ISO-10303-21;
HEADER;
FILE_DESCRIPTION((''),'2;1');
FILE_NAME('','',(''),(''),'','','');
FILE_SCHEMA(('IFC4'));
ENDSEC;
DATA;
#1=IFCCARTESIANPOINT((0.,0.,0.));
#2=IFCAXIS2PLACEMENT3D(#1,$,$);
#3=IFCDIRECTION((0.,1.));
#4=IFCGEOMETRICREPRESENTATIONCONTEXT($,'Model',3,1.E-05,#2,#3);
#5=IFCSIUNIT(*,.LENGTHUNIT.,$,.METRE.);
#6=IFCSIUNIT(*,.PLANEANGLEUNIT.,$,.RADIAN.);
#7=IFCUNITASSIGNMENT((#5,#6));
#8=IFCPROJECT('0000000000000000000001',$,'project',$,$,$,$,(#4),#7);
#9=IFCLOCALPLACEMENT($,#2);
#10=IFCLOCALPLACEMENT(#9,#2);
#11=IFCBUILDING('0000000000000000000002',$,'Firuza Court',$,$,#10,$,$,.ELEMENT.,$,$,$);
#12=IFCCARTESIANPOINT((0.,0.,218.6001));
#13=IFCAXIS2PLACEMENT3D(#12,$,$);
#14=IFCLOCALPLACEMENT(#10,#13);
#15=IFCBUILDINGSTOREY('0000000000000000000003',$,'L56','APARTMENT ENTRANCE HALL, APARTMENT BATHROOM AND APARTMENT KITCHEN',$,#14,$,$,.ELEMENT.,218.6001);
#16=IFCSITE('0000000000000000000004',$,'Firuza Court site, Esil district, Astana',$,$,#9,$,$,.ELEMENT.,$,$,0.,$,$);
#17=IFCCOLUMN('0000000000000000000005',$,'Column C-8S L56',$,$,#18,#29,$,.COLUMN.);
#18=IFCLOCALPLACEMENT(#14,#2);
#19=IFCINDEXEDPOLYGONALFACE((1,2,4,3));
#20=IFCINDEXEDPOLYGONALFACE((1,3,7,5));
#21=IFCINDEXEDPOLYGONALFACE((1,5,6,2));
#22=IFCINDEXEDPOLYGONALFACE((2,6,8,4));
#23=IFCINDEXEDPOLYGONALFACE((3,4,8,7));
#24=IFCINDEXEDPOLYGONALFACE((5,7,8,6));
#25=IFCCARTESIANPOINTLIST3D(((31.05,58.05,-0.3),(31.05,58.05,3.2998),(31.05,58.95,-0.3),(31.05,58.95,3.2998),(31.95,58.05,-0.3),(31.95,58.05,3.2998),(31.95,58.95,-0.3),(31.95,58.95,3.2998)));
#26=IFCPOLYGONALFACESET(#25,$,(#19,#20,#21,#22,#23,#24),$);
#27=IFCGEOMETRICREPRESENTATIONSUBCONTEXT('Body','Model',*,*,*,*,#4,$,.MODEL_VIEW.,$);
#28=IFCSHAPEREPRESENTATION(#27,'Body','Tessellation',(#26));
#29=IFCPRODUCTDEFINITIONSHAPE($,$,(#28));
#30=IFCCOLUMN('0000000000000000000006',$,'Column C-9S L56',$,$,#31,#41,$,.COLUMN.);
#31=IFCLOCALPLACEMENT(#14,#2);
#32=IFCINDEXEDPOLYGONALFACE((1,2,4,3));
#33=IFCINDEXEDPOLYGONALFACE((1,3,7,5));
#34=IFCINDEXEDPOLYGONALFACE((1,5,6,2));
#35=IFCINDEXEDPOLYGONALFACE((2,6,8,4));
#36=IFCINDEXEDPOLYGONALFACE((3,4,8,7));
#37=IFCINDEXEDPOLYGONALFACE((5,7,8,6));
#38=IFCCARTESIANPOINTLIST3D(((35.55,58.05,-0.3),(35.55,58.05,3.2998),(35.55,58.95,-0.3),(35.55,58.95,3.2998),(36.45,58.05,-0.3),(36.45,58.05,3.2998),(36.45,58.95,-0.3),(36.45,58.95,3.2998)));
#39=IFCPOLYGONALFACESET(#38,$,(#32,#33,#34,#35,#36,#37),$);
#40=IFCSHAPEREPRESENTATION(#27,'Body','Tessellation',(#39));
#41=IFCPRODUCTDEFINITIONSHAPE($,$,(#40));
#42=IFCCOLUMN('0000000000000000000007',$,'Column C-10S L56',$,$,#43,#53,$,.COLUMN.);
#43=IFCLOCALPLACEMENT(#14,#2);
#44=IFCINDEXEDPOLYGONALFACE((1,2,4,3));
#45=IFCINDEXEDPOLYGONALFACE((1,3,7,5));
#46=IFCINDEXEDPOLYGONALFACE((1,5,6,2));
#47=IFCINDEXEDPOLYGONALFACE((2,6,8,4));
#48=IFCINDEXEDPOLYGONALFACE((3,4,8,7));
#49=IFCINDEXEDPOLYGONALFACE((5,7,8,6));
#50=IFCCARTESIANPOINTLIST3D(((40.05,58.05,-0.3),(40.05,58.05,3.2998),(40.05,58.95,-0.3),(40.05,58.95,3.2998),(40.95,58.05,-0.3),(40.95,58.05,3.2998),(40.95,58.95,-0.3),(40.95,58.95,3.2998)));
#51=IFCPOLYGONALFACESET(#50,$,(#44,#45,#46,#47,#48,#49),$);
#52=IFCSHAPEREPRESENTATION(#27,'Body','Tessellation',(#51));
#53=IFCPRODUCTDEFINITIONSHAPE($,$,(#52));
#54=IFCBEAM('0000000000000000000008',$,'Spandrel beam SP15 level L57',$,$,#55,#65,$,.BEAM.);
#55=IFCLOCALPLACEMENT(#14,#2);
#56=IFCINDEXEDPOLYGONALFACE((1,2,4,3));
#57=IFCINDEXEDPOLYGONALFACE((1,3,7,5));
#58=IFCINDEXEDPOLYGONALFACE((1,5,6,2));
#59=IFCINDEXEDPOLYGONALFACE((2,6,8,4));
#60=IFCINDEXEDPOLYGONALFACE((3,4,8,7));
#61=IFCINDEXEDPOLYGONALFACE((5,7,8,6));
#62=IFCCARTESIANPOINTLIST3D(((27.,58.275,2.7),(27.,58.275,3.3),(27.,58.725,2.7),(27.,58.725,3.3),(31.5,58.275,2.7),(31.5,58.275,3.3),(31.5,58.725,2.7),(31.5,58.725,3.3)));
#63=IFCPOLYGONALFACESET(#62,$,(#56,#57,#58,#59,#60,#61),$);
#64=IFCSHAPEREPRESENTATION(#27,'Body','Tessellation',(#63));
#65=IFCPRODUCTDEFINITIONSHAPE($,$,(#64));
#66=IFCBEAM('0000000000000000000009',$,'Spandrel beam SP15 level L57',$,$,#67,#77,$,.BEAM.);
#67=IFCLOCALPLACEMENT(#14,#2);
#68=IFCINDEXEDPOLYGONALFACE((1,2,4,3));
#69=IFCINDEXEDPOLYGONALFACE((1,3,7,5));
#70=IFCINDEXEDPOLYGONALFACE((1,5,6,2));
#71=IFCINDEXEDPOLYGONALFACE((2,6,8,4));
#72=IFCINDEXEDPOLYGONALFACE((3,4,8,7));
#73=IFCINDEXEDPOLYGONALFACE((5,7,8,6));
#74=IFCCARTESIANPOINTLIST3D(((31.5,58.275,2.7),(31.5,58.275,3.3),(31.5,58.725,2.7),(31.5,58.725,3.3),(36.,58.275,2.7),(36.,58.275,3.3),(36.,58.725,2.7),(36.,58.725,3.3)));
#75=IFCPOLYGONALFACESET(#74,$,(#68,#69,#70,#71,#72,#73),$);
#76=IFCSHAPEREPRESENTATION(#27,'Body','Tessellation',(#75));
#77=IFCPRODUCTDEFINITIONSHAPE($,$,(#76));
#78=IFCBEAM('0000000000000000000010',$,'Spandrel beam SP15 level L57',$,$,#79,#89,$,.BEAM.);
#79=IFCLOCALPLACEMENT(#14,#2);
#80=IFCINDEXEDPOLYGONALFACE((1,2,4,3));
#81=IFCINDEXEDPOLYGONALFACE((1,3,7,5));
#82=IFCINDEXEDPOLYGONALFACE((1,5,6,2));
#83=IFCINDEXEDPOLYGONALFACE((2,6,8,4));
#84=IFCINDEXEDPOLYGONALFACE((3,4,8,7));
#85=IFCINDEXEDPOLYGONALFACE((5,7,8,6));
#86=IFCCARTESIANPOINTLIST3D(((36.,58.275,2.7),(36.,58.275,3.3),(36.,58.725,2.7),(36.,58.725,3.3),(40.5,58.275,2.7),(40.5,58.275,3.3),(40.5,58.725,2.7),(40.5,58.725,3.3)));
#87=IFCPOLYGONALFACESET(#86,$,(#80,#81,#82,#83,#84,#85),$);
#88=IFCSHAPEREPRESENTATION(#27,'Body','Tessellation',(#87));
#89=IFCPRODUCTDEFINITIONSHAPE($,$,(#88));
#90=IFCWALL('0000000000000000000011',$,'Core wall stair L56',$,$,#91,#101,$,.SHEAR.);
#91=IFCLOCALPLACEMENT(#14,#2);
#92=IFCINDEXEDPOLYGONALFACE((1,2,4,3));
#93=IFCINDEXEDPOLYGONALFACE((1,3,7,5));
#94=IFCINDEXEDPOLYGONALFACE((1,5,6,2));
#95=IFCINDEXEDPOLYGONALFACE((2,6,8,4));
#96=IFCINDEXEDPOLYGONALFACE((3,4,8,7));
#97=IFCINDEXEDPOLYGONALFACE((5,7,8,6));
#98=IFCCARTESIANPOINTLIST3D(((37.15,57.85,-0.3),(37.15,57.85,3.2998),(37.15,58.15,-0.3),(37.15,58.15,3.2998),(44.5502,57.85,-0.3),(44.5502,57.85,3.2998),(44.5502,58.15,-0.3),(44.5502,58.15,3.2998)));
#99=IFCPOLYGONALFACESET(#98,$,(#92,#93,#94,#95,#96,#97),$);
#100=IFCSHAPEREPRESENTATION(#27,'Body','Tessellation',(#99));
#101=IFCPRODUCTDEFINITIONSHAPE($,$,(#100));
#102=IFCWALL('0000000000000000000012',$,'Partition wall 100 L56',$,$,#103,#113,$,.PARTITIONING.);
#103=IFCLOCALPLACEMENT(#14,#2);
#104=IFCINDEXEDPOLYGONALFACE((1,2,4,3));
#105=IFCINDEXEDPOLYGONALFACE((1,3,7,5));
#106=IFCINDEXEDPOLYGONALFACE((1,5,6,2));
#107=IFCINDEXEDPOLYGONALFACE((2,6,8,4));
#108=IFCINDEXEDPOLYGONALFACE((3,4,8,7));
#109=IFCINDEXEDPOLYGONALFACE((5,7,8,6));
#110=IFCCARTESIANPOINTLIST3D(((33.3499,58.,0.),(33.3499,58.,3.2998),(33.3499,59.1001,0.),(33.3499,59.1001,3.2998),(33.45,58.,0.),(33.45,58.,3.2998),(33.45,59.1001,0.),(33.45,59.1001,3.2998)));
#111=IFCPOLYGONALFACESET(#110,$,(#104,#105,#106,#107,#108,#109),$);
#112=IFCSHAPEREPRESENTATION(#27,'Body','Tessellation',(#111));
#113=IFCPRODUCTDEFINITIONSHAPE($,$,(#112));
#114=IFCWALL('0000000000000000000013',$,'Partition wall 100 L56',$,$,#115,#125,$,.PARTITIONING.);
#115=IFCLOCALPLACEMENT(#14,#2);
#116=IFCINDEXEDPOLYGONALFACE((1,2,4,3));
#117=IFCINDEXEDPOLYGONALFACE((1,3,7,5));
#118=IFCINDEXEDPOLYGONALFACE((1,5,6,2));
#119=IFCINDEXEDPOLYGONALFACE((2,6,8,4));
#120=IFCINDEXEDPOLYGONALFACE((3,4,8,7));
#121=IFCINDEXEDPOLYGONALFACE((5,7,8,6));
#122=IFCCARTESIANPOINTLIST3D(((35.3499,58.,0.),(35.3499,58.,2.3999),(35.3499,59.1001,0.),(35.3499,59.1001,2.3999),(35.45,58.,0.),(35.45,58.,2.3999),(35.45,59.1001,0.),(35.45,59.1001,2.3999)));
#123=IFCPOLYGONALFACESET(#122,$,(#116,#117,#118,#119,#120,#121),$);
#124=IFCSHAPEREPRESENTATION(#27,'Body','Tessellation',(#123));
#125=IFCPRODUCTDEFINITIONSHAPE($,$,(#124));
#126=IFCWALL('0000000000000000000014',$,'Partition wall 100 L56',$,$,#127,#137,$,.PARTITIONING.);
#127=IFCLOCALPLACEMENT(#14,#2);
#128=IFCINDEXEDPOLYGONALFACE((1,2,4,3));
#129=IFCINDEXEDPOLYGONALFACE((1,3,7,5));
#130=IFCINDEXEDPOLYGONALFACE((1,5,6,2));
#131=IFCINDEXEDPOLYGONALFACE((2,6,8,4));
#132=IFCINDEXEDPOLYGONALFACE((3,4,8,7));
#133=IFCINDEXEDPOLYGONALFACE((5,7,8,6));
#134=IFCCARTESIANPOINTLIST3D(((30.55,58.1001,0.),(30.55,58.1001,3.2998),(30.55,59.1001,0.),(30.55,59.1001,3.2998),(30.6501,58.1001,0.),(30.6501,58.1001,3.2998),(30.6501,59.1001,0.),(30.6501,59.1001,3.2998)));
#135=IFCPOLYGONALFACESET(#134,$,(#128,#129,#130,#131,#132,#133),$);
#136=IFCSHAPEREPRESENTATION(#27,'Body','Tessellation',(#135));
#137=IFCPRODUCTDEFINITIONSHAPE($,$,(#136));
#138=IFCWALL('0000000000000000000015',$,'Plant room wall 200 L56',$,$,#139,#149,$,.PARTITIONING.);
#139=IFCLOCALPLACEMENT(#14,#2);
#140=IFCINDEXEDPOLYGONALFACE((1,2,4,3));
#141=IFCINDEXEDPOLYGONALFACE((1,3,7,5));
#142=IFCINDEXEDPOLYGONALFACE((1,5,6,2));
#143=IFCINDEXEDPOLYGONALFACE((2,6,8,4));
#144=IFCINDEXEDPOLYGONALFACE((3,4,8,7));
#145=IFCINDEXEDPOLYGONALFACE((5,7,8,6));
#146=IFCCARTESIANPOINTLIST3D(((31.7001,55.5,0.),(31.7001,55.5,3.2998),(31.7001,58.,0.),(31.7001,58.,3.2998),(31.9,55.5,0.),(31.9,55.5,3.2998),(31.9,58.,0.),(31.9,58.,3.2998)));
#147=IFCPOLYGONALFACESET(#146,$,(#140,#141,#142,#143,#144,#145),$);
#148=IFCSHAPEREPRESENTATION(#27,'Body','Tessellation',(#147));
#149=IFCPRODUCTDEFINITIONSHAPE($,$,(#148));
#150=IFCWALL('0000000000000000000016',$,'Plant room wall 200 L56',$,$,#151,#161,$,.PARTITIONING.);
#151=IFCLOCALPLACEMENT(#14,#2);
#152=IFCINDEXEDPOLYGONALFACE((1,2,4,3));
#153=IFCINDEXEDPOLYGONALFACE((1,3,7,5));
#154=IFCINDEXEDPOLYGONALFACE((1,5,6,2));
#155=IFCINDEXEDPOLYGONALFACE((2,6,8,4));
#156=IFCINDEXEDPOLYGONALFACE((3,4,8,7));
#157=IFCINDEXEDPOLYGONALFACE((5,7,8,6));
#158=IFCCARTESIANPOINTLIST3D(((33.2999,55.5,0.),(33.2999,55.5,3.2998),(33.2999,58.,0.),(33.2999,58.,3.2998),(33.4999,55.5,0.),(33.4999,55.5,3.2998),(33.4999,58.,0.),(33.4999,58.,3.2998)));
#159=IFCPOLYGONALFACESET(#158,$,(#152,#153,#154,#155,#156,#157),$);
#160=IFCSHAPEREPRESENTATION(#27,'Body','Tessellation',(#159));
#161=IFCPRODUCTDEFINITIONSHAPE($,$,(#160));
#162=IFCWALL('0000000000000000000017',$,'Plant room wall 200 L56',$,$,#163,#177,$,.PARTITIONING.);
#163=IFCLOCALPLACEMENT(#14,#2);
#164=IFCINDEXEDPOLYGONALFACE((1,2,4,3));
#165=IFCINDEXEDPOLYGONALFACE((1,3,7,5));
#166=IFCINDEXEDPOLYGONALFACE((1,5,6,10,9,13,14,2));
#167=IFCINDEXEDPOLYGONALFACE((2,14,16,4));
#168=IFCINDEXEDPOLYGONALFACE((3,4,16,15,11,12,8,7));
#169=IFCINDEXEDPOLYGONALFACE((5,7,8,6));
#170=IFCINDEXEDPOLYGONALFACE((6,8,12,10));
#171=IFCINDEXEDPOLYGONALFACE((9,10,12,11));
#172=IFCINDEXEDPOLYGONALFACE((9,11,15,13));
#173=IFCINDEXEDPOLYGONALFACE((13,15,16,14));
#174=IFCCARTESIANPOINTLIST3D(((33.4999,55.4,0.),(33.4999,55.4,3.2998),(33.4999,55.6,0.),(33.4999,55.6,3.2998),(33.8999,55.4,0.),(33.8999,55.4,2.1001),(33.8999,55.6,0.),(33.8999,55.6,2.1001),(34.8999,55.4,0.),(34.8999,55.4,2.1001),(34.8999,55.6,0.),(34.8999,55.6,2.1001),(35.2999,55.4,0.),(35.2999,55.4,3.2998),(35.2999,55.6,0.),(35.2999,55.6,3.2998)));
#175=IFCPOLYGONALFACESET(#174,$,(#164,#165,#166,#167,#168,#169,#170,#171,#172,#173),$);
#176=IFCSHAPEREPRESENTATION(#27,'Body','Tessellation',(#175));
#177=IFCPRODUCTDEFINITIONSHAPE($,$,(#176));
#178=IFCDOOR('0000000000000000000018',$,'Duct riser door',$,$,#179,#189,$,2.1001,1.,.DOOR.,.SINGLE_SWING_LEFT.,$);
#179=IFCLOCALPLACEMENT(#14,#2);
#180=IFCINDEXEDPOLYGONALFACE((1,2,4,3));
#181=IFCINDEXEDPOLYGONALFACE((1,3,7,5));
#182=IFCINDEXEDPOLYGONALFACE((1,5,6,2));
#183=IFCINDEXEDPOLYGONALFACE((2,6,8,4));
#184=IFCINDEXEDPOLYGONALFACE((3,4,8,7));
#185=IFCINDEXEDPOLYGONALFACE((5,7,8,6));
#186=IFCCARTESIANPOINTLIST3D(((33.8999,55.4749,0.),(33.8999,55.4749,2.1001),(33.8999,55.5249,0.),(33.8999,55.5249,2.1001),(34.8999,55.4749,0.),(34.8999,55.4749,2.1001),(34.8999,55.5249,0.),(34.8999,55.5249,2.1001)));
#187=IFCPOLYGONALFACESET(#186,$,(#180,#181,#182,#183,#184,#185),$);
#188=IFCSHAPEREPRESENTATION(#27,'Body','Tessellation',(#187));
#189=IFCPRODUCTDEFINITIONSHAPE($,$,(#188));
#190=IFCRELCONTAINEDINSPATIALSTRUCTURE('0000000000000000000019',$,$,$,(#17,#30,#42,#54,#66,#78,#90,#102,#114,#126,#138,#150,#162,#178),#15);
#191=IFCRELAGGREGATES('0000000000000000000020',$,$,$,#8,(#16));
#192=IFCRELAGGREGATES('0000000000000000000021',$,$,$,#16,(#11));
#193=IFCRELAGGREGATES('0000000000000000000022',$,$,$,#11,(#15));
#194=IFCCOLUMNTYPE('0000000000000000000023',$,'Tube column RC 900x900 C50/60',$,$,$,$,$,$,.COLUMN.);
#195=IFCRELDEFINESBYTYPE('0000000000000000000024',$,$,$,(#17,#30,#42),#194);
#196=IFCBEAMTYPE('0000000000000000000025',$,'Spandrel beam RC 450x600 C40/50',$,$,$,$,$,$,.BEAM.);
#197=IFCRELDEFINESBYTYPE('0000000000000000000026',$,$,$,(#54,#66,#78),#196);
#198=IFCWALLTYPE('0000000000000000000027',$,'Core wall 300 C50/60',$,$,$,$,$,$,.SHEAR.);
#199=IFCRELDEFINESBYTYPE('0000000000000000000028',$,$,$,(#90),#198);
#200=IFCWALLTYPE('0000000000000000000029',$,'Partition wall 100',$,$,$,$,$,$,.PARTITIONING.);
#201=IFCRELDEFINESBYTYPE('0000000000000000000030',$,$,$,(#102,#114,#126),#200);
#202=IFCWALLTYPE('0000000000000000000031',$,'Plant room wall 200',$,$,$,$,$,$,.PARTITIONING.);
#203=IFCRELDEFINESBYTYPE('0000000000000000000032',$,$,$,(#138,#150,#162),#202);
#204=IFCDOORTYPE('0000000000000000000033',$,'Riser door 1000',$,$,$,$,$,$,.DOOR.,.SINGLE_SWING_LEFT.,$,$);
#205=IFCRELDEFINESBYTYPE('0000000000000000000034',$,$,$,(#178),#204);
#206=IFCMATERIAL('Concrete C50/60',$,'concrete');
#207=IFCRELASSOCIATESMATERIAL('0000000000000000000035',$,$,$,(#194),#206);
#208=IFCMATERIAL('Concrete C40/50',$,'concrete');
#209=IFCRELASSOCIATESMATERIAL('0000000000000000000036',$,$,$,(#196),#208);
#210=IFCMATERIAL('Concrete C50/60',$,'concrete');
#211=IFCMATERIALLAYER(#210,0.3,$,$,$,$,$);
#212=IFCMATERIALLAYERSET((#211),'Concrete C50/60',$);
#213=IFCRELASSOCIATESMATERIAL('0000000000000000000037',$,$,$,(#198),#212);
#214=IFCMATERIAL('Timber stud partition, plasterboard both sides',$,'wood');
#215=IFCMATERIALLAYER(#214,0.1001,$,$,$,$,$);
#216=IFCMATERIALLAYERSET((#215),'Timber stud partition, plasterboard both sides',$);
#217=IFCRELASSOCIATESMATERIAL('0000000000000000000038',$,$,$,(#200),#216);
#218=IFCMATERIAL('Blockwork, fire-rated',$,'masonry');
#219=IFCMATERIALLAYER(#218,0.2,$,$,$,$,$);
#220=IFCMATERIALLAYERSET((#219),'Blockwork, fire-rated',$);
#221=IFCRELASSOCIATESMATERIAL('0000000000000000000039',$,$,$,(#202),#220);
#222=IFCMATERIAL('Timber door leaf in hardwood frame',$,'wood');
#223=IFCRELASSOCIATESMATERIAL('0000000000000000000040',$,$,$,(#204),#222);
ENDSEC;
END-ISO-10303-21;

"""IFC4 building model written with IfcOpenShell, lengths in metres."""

from ifc_helpers import new_model, si_unit, direction, frame, frame_2d, origin, origin_2d, place, context, subcontext, project, spatial, rectangle, extrude, material, layer, layer_set, material_profile, profile_set, type_object, element, fill, save


model = new_model("IFC4")

# Units and contexts
model_context = context("Model", 3, precision=1e-05, world=origin(), true_north=direction((0.0, 1.0)))
body_context = subcontext(model_context, "Body", "Model", "MODEL_VIEW")
ifc_project = project(units=[si_unit("LENGTHUNIT", "METRE"), si_unit("PLANEANGLEUNIT", "RADIAN")], contexts=[model_context])

# Site, building, storey
site_placement = place(None, origin())
site = spatial("IfcSite", under=ifc_project, at=site_placement, Name="Firuza Court site, Esil district, Astana", CompositionType="ELEMENT", RefElevation=0.0)
building_placement = place(site_placement, origin())
building = spatial("IfcBuilding", under=site, at=building_placement, Name="Firuza Court", CompositionType="ELEMENT")
storey_placement = place(building_placement, frame((0.0, 0.0, 218.6001)))
storey = spatial("IfcBuildingStorey", under=building, at=storey_placement, Name="L56", Description="APARTMENT ENTRANCE HALL, APARTMENT BATHROOM AND APARTMENT KITCHEN", CompositionType="ELEMENT", Elevation=218.6001)

# Columns
ifc_material_1 = material(Name="Concrete C50/60", Category="concrete")
ifc_material_profile_1 = material_profile(ifc_material_1, rectangle(XDim=0.8999, YDim=0.8999, at=origin_2d()), Name="RC 900x900")
ifc_profile_set_1 = profile_set([ifc_material_profile_1], Name="Concrete C50/60")
column_type = type_object("IfcColumnType", Name="Tube column RC 900x900 C50/60", PredefinedType="COLUMN", material=ifc_profile_set_1)
for number, where, z_axis, x_axis, name in (
    (1, (31.5, 58.5, -0.3), (0.0, 0.0, 1.0), (1.0, 0.0, 0.0), "Column C-8S L56"),
    (2, (36.0, 58.5, -0.3), (0.0, 0.0, 1.0), (1.0, 0.0, 0.0), "Column C-9S L56"),
    (3, (40.5, 58.5, -0.3), (0.0, 0.0, 1.0), (1.0, 0.0, 0.0), "Column C-10S L56"),
):
    element("IfcColumn", number, at=place(storey_placement, frame(where, z_axis=z_axis, x_axis=x_axis)), inside=storey, type_object=column_type, Name=name, PredefinedType="COLUMN", context=body_context, shape_type="SweptSolid", body=[
        extrude(rectangle(XDim=0.8999, YDim=0.8999, at=origin_2d()), origin(), (0.0, 0.0, 1.0), 3.5999),
    ])

# Beams
ifc_material_2 = material(Name="Concrete C40/50", Category="concrete")
ifc_material_profile_2 = material_profile(ifc_material_2, rectangle(XDim=0.45, YDim=0.6001, at=origin_2d()), Name="RC 450x600")
ifc_profile_set_2 = profile_set([ifc_material_profile_2], Name="Concrete C40/50")
beam_type = type_object("IfcBeamType", Name="Spandrel beam RC 450x600 C40/50", PredefinedType="BEAM", material=ifc_profile_set_2)
for number, where, z_axis, x_axis, name in (
    (4, (31.5, 58.5, 3.0), (-1.0, 0.0, 0.0), (0.0, -1.0, 0.0), "Spandrel beam SP15 level L57"),
    (5, (36.0, 58.5, 3.0), (-1.0, 0.0, 0.0), (0.0, -1.0, 0.0), "Spandrel beam SP15 level L57"),
    (6, (40.5, 58.5, 3.0), (-1.0, 0.0, 0.0), (0.0, -1.0, 0.0), "Spandrel beam SP15 level L57"),
):
    element("IfcBeam", number, at=place(storey_placement, frame(where, z_axis=z_axis, x_axis=x_axis)), inside=storey, type_object=beam_type, Name=name, PredefinedType="BEAM", context=body_context, shape_type="SweptSolid", body=[
        extrude(rectangle(XDim=0.45, YDim=0.6001, at=origin_2d()), origin(), (0.0, 0.0, 1.0), 4.5),
    ])

# Walls
ifc_material_3 = material(Name="Concrete C50/60", Category="concrete")
ifc_layer_1 = layer(ifc_material_3, 0.3)
ifc_layer_set_1 = layer_set([ifc_layer_1], Name="Concrete C50/60")
wall_type_1 = type_object("IfcWallType", Name="Core wall 300 C50/60", PredefinedType="SHEAR", material=ifc_layer_set_1)
wall_1_placement = place(storey_placement, frame((37.1499, 58.0, -0.3), z_axis=(0.0, 0.0, 1.0), x_axis=(1.0, 0.0, 0.0)))
element("IfcWall", 7, at=wall_1_placement, inside=storey, type_object=wall_type_1, Name="Core wall stair L56", PredefinedType="SHEAR", context=body_context, shape_type="SweptSolid", body=[
    extrude(rectangle(XDim=7.4001, YDim=0.3, at=frame_2d((3.7002, 0.0))), origin(), (0.0, 0.0, 1.0), 3.5999),
])
ifc_material_4 = material(Name="Timber stud partition, plasterboard both sides", Category="wood")
ifc_layer_2 = layer(ifc_material_4, 0.1001)
ifc_layer_set_2 = layer_set([ifc_layer_2], Name="Timber stud partition, plasterboard both sides")
wall_type_2 = type_object("IfcWallType", Name="Partition wall 100", PredefinedType="PARTITIONING", material=ifc_layer_set_2)
wall_2_placement = place(storey_placement, frame((33.3999, 58.0, 0.0), z_axis=(0.0, 0.0, 1.0), x_axis=(0.0, 1.0, 0.0)))
element("IfcWall", 8, at=wall_2_placement, inside=storey, type_object=wall_type_2, Name="Partition wall 100 L56", PredefinedType="PARTITIONING", context=body_context, shape_type="SweptSolid", body=[
    extrude(rectangle(XDim=1.1001, YDim=0.1001, at=frame_2d((0.55, 0.0))), origin(), (0.0, 0.0, 1.0), 3.2998),
])
wall_3_placement = place(storey_placement, frame((35.3999, 58.0, 0.0), z_axis=(0.0, 0.0, 1.0), x_axis=(0.0, 1.0, 0.0)))
element("IfcWall", 9, at=wall_3_placement, inside=storey, type_object=wall_type_2, Name="Partition wall 100 L56", PredefinedType="PARTITIONING", context=body_context, shape_type="SweptSolid", body=[
    extrude(rectangle(XDim=1.1001, YDim=0.1001, at=frame_2d((0.55, 0.0))), origin(), (0.0, 0.0, 1.0), 2.3999),
])
wall_4_placement = place(storey_placement, frame((30.6001, 58.1001, 0.0), z_axis=(0.0, 0.0, 1.0), x_axis=(0.0, 1.0, 0.0)))
element("IfcWall", 10, at=wall_4_placement, inside=storey, type_object=wall_type_2, Name="Partition wall 100 L56", PredefinedType="PARTITIONING", context=body_context, shape_type="SweptSolid", body=[
    extrude(rectangle(XDim=1.0, YDim=0.1001, at=frame_2d((0.5, 0.0))), origin(), (0.0, 0.0, 1.0), 3.2998),
])
ifc_material_5 = material(Name="Blockwork, fire-rated", Category="masonry")
ifc_layer_3 = layer(ifc_material_5, 0.2)
ifc_layer_set_3 = layer_set([ifc_layer_3], Name="Blockwork, fire-rated")
wall_type_3 = type_object("IfcWallType", Name="Plant room wall 200", PredefinedType="PARTITIONING", material=ifc_layer_set_3)
for number, where, z_axis, x_axis, name in (
    (11, (31.8, 55.5, 0.0), (0.0, 0.0, 1.0), (0.0, 1.0, 0.0), "Plant room wall 200 L56"),
    (12, (33.3999, 55.5, 0.0), (0.0, 0.0, 1.0), (0.0, 1.0, 0.0), "Plant room wall 200 L56"),
):
    element("IfcWall", number, at=place(storey_placement, frame(where, z_axis=z_axis, x_axis=x_axis)), inside=storey, type_object=wall_type_3, Name=name, PredefinedType="PARTITIONING", context=body_context, shape_type="SweptSolid", body=[
        extrude(rectangle(XDim=2.5, YDim=0.2, at=frame_2d((1.25, 0.0))), origin(), (0.0, 0.0, 1.0), 3.2998),
    ])

# Wall, opening, door
wall_5_placement = place(storey_placement, frame((33.5, 55.5, 0.0), z_axis=(0.0, 0.0, 1.0), x_axis=(1.0, 0.0, 0.0)))
wall_5 = element("IfcWall", 13, at=wall_5_placement, inside=storey, type_object=wall_type_3, Name="Plant room wall 200 L56", PredefinedType="PARTITIONING", context=body_context, shape_type="SweptSolid", body=[
    extrude(rectangle(XDim=1.8, YDim=0.2, at=frame_2d((0.8999, 0.0))), origin(), (0.0, 0.0, 1.0), 3.2998),
])
opening_placement = place(wall_5_placement, frame((0.3999, 0.0, 0.0)))
opening = element("IfcOpeningElement", 14, at=opening_placement, cuts=wall_5, PredefinedType="OPENING", context=body_context, shape_type="SweptSolid", body=[
    extrude(rectangle(XDim=1.0, YDim=2.1001, at=frame_2d((0.5, 1.05))), frame((0.0, 0.1118, 0.0), z_axis=(0.0, -1.0, 0.0), x_axis=(1.0, 0.0, 0.0)), (0.0, 0.0, 1.0), 0.2239),
])
ifc_material_6 = material(Name="Timber door leaf in hardwood frame", Category="wood")
door_type = type_object("IfcDoorType", Name="Riser door 1000", OperationType="SINGLE_SWING_LEFT", PredefinedType="DOOR", material=ifc_material_6)
door_placement = place(opening_placement, origin())
door = element("IfcDoor", 15, at=door_placement, inside=storey, type_object=door_type, Name="Duct riser door", OperationType="SINGLE_SWING_LEFT", OverallHeight=2.1001, OverallWidth=1.0, PredefinedType="DOOR", context=body_context, shape_type="SweptSolid", body=[
    extrude(rectangle(XDim=1.0, YDim=2.1001, at=frame_2d((0.5, 1.05))), frame((0.0, 0.0249, 0.0), z_axis=(0.0, -1.0, 0.0), x_axis=(1.0, 0.0, 0.0)), (0.0, 0.0, 1.0), 0.05),
])
fill(opening, door)

save(model, "model.ifc")
